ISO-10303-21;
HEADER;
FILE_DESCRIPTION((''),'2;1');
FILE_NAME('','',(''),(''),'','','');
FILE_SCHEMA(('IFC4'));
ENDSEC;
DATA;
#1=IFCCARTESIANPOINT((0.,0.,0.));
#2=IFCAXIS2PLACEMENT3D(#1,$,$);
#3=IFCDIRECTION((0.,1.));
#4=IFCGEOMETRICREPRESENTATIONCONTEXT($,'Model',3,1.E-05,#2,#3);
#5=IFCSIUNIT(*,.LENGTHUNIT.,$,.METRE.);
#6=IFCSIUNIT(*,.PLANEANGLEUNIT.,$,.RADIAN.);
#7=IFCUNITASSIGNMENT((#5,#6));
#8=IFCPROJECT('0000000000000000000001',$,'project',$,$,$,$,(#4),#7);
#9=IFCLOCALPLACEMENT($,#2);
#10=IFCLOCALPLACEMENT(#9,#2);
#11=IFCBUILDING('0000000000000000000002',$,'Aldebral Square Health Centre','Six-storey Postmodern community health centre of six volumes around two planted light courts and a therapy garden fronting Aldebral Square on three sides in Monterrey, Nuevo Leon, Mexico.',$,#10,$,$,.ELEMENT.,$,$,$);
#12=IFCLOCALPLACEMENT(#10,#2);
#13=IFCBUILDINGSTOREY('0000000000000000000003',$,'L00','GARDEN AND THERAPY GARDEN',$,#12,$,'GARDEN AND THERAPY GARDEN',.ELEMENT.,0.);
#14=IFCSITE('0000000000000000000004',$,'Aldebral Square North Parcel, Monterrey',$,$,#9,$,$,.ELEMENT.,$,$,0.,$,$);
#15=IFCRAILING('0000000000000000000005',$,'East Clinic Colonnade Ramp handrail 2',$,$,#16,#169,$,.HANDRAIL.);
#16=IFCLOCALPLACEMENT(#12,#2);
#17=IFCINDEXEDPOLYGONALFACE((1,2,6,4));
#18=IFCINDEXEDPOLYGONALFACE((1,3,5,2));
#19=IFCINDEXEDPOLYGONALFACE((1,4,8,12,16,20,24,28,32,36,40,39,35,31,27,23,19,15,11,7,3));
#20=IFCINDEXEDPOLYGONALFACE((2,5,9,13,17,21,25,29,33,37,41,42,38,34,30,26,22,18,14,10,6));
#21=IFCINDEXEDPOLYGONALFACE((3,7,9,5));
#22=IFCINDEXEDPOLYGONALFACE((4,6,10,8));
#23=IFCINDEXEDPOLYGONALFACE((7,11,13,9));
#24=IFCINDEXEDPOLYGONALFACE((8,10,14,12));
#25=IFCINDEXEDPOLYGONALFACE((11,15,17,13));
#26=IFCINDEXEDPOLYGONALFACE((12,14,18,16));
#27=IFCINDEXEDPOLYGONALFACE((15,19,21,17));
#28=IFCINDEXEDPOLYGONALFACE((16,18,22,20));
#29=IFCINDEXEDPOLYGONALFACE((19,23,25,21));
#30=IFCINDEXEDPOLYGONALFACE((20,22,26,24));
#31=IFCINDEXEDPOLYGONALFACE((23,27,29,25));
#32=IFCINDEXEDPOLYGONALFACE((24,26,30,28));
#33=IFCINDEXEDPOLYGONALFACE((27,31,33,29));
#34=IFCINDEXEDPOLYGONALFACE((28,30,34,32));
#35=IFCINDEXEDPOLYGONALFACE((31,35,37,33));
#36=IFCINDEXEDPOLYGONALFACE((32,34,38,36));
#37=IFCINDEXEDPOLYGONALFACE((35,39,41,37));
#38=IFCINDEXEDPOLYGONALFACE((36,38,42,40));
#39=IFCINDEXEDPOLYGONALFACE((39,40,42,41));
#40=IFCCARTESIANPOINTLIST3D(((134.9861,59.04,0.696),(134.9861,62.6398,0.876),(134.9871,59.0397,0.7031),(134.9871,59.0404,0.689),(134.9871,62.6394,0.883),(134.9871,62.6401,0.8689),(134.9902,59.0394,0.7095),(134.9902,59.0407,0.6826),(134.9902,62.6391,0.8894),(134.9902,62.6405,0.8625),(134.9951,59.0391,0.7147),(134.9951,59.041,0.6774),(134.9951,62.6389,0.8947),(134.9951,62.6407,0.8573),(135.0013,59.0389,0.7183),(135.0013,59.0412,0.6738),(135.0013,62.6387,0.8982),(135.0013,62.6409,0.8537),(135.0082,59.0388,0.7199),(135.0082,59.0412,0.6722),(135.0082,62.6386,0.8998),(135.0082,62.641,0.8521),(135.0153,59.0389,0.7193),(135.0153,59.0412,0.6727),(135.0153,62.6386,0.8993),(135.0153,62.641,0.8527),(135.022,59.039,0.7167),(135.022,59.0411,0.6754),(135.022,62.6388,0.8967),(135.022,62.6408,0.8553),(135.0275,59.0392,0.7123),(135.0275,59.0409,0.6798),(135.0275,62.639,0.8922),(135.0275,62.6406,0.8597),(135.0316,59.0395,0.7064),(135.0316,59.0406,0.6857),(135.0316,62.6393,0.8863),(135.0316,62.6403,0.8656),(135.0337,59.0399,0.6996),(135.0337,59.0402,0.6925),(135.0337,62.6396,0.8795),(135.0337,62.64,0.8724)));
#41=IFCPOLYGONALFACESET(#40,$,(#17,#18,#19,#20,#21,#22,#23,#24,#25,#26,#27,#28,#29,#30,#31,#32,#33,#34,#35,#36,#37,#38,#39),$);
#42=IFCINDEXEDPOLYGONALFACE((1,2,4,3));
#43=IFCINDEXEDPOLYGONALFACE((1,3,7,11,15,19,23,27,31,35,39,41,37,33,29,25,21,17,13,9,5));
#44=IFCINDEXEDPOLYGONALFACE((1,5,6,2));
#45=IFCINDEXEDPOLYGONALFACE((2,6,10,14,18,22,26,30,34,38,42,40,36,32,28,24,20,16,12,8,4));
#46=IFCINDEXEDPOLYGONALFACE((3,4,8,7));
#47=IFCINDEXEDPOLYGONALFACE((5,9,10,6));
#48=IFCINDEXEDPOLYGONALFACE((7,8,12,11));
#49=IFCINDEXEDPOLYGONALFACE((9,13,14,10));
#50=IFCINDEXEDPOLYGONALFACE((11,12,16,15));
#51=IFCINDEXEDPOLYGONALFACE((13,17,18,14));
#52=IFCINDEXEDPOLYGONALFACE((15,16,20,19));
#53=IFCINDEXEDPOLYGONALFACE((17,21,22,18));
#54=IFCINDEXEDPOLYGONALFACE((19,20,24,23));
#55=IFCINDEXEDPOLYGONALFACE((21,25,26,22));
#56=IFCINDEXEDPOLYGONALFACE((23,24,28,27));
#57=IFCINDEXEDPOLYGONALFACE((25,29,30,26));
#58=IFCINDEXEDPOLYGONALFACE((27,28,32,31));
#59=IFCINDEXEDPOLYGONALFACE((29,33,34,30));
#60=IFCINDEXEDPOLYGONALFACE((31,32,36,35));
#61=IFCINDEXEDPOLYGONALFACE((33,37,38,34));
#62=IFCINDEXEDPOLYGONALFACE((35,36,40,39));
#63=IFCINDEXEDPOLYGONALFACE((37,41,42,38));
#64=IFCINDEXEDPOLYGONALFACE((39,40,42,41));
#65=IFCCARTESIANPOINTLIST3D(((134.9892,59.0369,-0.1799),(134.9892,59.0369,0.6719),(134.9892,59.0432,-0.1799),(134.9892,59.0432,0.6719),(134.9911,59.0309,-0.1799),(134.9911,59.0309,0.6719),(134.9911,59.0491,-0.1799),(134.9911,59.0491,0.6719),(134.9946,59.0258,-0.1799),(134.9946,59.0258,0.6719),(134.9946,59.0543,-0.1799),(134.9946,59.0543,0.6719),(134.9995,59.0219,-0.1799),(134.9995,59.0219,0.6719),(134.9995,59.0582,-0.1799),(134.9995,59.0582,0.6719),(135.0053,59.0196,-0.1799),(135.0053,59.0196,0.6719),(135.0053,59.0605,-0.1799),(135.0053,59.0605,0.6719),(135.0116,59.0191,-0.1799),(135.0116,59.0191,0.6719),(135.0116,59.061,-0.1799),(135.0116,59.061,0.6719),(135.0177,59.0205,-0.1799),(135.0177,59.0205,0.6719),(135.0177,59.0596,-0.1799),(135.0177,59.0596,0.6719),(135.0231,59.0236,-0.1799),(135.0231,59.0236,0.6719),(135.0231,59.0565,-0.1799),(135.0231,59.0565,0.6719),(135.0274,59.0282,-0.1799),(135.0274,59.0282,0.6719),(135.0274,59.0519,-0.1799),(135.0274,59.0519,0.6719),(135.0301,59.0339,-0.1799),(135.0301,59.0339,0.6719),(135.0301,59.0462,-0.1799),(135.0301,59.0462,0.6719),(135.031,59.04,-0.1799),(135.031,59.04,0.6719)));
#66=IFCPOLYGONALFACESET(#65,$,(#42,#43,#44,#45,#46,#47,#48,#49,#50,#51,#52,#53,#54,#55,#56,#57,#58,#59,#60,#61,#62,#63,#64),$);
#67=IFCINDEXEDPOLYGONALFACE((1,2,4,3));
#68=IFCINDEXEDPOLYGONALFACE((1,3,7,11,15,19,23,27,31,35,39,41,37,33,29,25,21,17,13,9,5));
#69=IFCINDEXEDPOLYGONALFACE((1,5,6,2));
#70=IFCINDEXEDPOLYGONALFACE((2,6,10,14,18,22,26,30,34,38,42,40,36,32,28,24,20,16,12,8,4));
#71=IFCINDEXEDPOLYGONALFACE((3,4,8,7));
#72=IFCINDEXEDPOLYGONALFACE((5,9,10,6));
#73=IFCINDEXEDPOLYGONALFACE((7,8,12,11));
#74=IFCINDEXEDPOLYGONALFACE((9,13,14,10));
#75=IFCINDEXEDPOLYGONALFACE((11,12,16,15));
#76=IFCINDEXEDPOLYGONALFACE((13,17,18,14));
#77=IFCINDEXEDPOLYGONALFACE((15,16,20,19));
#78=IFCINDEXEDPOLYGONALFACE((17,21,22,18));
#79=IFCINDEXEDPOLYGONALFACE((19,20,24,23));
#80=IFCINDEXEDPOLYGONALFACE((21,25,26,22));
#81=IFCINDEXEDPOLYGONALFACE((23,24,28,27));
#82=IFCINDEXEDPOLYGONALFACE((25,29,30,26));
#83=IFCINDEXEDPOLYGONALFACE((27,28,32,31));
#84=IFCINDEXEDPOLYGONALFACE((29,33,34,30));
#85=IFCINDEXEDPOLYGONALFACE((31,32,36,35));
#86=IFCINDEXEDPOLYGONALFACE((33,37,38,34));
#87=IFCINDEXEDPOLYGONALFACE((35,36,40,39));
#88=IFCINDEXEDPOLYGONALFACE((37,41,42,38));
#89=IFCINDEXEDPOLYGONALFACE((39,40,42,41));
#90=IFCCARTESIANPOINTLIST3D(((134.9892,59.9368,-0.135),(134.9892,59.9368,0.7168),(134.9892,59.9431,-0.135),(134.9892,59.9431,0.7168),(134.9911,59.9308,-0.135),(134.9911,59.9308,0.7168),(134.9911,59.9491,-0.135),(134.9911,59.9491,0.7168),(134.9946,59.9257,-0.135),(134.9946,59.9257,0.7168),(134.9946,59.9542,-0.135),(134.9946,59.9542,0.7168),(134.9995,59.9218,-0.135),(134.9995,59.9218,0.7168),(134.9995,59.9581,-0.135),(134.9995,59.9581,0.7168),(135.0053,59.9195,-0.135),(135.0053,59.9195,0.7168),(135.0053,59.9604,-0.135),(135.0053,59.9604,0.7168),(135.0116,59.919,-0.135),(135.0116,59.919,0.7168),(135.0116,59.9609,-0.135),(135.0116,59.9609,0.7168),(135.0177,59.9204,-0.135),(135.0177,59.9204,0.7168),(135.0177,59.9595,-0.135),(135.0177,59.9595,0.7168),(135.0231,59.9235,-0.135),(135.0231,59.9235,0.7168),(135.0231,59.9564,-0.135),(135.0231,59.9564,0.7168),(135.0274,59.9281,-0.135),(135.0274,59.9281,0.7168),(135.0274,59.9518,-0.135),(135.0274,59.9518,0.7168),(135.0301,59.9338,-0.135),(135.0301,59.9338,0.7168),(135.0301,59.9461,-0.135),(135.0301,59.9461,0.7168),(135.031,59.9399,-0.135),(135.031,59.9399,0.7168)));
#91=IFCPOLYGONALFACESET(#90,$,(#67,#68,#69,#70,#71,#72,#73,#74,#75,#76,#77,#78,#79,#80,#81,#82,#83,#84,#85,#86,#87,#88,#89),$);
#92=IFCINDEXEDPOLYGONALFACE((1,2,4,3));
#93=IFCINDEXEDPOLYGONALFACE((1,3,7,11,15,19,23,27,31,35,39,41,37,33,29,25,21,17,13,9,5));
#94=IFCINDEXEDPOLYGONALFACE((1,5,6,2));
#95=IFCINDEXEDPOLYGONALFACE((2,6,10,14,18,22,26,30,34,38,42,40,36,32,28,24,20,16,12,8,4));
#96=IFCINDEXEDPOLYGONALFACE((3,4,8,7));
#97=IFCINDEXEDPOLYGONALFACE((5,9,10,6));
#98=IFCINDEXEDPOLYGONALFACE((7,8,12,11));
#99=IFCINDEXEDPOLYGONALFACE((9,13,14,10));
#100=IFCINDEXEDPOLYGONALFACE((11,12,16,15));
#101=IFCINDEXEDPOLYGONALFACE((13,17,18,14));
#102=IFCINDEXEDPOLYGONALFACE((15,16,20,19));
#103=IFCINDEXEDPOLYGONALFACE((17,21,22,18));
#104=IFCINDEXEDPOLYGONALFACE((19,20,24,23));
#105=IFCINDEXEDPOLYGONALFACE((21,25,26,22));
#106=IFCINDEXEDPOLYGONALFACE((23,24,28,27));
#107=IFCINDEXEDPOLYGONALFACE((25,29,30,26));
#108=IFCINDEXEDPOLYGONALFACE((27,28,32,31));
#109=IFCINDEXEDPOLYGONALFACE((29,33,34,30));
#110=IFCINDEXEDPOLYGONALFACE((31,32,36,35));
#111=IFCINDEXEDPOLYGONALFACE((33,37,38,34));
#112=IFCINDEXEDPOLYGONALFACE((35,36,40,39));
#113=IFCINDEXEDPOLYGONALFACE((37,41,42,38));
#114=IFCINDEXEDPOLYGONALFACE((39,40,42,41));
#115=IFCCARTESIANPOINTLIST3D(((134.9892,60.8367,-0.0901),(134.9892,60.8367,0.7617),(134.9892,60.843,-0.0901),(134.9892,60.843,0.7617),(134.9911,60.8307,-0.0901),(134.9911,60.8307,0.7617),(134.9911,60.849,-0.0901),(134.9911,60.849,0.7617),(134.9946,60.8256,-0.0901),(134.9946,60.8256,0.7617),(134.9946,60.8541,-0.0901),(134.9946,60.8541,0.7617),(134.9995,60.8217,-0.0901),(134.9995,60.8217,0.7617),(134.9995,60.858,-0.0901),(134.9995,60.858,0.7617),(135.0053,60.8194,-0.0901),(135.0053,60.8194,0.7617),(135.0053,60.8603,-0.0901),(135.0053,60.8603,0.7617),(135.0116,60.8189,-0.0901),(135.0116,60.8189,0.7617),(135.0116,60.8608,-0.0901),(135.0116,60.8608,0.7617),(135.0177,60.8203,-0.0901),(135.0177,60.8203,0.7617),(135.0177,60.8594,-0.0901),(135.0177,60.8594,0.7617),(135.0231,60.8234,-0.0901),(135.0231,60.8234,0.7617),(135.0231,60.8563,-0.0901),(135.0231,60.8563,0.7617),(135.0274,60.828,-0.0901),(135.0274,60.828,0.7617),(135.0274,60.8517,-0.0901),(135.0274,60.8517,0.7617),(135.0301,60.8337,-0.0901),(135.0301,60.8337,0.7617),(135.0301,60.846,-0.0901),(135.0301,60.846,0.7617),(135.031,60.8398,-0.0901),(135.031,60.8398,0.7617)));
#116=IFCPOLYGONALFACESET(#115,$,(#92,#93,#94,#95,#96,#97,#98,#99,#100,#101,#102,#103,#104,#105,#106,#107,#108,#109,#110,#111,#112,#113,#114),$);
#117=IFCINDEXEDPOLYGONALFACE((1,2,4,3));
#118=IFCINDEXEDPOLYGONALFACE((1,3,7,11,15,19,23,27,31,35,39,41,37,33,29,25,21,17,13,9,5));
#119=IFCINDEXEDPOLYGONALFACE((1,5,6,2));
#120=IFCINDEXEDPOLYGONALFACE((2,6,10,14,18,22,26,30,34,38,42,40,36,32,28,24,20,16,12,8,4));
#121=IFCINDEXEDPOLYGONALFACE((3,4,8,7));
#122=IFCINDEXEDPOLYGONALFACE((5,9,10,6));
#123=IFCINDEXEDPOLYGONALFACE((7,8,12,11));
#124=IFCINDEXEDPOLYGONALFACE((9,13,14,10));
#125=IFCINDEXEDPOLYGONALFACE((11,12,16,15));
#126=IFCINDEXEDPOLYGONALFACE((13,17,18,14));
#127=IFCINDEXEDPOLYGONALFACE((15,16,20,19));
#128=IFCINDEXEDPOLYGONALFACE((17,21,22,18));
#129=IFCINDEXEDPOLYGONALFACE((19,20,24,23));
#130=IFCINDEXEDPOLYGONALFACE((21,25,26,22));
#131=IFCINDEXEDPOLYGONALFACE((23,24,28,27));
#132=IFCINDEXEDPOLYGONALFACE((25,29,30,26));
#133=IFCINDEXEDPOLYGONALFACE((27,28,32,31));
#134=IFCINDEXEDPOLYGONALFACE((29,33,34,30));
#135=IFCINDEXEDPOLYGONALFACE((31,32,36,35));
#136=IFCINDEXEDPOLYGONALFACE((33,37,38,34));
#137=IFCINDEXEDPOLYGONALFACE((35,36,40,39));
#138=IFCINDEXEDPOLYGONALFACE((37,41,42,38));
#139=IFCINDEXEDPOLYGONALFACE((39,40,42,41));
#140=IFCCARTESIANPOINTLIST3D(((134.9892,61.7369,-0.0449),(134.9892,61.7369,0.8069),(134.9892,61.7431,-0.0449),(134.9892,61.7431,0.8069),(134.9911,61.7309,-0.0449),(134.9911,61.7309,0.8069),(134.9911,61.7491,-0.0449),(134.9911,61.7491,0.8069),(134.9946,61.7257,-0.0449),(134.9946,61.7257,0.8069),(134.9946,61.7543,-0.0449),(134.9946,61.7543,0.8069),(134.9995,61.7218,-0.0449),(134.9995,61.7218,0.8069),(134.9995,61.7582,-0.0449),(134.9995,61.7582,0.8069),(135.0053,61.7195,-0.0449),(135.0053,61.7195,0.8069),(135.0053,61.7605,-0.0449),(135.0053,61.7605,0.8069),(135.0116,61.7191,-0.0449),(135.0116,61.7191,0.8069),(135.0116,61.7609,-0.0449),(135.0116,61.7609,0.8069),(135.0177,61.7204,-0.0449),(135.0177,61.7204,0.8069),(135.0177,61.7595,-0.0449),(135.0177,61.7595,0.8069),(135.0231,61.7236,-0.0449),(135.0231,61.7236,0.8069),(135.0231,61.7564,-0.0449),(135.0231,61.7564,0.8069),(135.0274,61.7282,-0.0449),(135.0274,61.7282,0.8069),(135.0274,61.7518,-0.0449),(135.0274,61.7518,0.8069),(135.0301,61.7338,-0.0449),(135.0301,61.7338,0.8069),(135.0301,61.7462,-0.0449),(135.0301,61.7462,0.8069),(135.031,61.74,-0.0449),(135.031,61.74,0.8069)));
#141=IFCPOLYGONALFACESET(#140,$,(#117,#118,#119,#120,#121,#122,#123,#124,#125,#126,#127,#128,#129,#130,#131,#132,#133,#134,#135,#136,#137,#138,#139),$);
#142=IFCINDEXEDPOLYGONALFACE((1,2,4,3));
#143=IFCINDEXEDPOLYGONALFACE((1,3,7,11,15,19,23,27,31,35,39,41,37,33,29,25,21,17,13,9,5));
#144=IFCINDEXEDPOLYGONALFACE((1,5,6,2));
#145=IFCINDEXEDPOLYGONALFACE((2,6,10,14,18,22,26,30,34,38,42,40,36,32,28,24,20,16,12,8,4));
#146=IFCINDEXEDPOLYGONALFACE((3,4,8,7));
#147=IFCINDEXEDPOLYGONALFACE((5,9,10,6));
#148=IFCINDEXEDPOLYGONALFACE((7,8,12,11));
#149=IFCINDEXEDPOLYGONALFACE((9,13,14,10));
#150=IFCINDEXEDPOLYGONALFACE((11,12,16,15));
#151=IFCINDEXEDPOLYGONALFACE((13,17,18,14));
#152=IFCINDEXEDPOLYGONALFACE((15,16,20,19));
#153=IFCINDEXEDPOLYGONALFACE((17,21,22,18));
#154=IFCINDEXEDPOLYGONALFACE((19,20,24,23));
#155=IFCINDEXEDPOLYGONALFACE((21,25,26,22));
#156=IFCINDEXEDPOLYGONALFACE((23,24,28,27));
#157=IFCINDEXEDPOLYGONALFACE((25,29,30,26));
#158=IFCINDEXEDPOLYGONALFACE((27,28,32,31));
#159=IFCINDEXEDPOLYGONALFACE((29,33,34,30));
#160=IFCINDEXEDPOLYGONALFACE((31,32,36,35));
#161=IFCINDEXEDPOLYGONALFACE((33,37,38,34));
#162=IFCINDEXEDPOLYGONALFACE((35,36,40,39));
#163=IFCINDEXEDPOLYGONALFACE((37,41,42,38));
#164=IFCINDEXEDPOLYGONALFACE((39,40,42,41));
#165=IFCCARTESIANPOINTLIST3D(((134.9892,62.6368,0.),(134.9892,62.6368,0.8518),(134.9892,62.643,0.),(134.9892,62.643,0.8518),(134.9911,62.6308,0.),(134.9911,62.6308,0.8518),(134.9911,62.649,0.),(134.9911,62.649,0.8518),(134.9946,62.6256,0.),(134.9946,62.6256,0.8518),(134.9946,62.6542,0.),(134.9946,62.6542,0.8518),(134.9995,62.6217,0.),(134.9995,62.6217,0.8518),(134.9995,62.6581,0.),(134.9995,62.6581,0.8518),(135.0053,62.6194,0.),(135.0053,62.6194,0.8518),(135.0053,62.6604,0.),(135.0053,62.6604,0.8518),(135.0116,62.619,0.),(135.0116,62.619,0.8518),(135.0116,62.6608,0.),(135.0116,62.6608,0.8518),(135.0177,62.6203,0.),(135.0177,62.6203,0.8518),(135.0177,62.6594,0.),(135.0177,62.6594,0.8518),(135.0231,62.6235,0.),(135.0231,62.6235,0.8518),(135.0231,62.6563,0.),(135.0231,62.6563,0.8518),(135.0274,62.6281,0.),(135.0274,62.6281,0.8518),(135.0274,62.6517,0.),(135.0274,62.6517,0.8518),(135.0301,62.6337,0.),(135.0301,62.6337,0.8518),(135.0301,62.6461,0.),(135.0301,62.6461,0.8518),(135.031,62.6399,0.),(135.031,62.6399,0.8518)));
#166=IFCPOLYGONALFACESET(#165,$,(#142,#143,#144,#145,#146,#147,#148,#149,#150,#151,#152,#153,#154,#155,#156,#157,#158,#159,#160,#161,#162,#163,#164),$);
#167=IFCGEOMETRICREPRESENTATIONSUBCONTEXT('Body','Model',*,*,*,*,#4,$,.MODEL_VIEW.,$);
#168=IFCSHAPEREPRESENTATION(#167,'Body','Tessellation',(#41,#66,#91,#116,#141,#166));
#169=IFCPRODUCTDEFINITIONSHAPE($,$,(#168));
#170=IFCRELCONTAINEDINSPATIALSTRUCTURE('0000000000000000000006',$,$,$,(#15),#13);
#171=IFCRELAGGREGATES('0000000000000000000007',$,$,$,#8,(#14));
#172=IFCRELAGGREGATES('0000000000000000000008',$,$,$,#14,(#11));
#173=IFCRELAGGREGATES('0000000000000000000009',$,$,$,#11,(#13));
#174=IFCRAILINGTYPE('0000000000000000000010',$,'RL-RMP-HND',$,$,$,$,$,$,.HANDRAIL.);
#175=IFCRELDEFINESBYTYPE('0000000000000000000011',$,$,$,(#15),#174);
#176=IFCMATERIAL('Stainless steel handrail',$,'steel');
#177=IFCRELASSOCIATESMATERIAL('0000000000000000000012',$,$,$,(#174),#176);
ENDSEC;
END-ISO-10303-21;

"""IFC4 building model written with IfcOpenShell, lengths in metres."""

from ifc_helpers import new_model, si_unit, direction, frame, origin, origin_2d, place, context, subcontext, project, spatial, circle, extrude, material, type_object, element, save


model = new_model("IFC4")

# Units and contexts
model_context = context("Model", 3, precision=1e-05, world=origin(), true_north=direction((0.0, 1.0)))
body_context = subcontext(model_context, "Body", "Model", "MODEL_VIEW")
ifc_project = project(units=[si_unit("LENGTHUNIT", "METRE"), si_unit("PLANEANGLEUNIT", "RADIAN")], contexts=[model_context])

# Site, building, storey
site_placement = place(None, origin())
site = spatial("IfcSite", under=ifc_project, at=site_placement, Name="Aldebral Square North Parcel, Monterrey", CompositionType="ELEMENT", RefElevation=0.0)
building_placement = place(site_placement, origin())
building = spatial("IfcBuilding", under=site, at=building_placement, Name="Aldebral Square Health Centre", Description="Six-storey Postmodern community health centre of six volumes around two planted light courts and a therapy garden fronting Aldebral Square on three sides in Monterrey, Nuevo Leon, Mexico.", CompositionType="ELEMENT")
storey_placement = place(building_placement, origin())
storey = spatial("IfcBuildingStorey", under=building, at=storey_placement, Name="L00", Description="GARDEN AND THERAPY GARDEN", LongName="GARDEN AND THERAPY GARDEN", CompositionType="ELEMENT", Elevation=0.0)

# Railing
ifc_material_1 = material(Name="Stainless steel handrail", Category="steel")
railing_type = type_object("IfcRailingType", Name="RL-RMP-HND", PredefinedType="HANDRAIL", material=ifc_material_1)
for number, where, name in (
    (1, (135.01, 59.04, -0.1799), "East Clinic Colonnade Ramp handrail 2"),
):
    element("IfcRailing", number, at=place(storey_placement, frame(where)), inside=storey, type_object=railing_type, Name=name, PredefinedType="HANDRAIL", context=body_context, shape_type="SweptSolid", body=[
        extrude(circle(Radius=0.0239, at=origin_2d()), frame((0.0, 0.0, 0.876), z_axis=(0.0, 0.998753, 0.049921), x_axis=(-1.0, 0.0, 0.0)), (0.0, 0.0, 1.0), 3.6042),
        extrude(circle(Radius=0.021, at=origin_2d()), origin(), (0.0, 0.0, 1.0), 0.8518),
        extrude(circle(Radius=0.021, at=origin_2d()), frame((0.0, 0.8999, 0.0449)), (0.0, 0.0, 1.0), 0.8518),
        extrude(circle(Radius=0.021, at=origin_2d()), frame((0.0, 1.7998, 0.0898)), (0.0, 0.0, 1.0), 0.8518),
        extrude(circle(Radius=0.021, at=origin_2d()), frame((0.0, 2.7, 0.135)), (0.0, 0.0, 1.0), 0.8518),
        extrude(circle(Radius=0.021, at=origin_2d()), frame((0.0, 3.5999, 0.1799)), (0.0, 0.0, 1.0), 0.8518),
    ])

save(model, "model.ifc")
